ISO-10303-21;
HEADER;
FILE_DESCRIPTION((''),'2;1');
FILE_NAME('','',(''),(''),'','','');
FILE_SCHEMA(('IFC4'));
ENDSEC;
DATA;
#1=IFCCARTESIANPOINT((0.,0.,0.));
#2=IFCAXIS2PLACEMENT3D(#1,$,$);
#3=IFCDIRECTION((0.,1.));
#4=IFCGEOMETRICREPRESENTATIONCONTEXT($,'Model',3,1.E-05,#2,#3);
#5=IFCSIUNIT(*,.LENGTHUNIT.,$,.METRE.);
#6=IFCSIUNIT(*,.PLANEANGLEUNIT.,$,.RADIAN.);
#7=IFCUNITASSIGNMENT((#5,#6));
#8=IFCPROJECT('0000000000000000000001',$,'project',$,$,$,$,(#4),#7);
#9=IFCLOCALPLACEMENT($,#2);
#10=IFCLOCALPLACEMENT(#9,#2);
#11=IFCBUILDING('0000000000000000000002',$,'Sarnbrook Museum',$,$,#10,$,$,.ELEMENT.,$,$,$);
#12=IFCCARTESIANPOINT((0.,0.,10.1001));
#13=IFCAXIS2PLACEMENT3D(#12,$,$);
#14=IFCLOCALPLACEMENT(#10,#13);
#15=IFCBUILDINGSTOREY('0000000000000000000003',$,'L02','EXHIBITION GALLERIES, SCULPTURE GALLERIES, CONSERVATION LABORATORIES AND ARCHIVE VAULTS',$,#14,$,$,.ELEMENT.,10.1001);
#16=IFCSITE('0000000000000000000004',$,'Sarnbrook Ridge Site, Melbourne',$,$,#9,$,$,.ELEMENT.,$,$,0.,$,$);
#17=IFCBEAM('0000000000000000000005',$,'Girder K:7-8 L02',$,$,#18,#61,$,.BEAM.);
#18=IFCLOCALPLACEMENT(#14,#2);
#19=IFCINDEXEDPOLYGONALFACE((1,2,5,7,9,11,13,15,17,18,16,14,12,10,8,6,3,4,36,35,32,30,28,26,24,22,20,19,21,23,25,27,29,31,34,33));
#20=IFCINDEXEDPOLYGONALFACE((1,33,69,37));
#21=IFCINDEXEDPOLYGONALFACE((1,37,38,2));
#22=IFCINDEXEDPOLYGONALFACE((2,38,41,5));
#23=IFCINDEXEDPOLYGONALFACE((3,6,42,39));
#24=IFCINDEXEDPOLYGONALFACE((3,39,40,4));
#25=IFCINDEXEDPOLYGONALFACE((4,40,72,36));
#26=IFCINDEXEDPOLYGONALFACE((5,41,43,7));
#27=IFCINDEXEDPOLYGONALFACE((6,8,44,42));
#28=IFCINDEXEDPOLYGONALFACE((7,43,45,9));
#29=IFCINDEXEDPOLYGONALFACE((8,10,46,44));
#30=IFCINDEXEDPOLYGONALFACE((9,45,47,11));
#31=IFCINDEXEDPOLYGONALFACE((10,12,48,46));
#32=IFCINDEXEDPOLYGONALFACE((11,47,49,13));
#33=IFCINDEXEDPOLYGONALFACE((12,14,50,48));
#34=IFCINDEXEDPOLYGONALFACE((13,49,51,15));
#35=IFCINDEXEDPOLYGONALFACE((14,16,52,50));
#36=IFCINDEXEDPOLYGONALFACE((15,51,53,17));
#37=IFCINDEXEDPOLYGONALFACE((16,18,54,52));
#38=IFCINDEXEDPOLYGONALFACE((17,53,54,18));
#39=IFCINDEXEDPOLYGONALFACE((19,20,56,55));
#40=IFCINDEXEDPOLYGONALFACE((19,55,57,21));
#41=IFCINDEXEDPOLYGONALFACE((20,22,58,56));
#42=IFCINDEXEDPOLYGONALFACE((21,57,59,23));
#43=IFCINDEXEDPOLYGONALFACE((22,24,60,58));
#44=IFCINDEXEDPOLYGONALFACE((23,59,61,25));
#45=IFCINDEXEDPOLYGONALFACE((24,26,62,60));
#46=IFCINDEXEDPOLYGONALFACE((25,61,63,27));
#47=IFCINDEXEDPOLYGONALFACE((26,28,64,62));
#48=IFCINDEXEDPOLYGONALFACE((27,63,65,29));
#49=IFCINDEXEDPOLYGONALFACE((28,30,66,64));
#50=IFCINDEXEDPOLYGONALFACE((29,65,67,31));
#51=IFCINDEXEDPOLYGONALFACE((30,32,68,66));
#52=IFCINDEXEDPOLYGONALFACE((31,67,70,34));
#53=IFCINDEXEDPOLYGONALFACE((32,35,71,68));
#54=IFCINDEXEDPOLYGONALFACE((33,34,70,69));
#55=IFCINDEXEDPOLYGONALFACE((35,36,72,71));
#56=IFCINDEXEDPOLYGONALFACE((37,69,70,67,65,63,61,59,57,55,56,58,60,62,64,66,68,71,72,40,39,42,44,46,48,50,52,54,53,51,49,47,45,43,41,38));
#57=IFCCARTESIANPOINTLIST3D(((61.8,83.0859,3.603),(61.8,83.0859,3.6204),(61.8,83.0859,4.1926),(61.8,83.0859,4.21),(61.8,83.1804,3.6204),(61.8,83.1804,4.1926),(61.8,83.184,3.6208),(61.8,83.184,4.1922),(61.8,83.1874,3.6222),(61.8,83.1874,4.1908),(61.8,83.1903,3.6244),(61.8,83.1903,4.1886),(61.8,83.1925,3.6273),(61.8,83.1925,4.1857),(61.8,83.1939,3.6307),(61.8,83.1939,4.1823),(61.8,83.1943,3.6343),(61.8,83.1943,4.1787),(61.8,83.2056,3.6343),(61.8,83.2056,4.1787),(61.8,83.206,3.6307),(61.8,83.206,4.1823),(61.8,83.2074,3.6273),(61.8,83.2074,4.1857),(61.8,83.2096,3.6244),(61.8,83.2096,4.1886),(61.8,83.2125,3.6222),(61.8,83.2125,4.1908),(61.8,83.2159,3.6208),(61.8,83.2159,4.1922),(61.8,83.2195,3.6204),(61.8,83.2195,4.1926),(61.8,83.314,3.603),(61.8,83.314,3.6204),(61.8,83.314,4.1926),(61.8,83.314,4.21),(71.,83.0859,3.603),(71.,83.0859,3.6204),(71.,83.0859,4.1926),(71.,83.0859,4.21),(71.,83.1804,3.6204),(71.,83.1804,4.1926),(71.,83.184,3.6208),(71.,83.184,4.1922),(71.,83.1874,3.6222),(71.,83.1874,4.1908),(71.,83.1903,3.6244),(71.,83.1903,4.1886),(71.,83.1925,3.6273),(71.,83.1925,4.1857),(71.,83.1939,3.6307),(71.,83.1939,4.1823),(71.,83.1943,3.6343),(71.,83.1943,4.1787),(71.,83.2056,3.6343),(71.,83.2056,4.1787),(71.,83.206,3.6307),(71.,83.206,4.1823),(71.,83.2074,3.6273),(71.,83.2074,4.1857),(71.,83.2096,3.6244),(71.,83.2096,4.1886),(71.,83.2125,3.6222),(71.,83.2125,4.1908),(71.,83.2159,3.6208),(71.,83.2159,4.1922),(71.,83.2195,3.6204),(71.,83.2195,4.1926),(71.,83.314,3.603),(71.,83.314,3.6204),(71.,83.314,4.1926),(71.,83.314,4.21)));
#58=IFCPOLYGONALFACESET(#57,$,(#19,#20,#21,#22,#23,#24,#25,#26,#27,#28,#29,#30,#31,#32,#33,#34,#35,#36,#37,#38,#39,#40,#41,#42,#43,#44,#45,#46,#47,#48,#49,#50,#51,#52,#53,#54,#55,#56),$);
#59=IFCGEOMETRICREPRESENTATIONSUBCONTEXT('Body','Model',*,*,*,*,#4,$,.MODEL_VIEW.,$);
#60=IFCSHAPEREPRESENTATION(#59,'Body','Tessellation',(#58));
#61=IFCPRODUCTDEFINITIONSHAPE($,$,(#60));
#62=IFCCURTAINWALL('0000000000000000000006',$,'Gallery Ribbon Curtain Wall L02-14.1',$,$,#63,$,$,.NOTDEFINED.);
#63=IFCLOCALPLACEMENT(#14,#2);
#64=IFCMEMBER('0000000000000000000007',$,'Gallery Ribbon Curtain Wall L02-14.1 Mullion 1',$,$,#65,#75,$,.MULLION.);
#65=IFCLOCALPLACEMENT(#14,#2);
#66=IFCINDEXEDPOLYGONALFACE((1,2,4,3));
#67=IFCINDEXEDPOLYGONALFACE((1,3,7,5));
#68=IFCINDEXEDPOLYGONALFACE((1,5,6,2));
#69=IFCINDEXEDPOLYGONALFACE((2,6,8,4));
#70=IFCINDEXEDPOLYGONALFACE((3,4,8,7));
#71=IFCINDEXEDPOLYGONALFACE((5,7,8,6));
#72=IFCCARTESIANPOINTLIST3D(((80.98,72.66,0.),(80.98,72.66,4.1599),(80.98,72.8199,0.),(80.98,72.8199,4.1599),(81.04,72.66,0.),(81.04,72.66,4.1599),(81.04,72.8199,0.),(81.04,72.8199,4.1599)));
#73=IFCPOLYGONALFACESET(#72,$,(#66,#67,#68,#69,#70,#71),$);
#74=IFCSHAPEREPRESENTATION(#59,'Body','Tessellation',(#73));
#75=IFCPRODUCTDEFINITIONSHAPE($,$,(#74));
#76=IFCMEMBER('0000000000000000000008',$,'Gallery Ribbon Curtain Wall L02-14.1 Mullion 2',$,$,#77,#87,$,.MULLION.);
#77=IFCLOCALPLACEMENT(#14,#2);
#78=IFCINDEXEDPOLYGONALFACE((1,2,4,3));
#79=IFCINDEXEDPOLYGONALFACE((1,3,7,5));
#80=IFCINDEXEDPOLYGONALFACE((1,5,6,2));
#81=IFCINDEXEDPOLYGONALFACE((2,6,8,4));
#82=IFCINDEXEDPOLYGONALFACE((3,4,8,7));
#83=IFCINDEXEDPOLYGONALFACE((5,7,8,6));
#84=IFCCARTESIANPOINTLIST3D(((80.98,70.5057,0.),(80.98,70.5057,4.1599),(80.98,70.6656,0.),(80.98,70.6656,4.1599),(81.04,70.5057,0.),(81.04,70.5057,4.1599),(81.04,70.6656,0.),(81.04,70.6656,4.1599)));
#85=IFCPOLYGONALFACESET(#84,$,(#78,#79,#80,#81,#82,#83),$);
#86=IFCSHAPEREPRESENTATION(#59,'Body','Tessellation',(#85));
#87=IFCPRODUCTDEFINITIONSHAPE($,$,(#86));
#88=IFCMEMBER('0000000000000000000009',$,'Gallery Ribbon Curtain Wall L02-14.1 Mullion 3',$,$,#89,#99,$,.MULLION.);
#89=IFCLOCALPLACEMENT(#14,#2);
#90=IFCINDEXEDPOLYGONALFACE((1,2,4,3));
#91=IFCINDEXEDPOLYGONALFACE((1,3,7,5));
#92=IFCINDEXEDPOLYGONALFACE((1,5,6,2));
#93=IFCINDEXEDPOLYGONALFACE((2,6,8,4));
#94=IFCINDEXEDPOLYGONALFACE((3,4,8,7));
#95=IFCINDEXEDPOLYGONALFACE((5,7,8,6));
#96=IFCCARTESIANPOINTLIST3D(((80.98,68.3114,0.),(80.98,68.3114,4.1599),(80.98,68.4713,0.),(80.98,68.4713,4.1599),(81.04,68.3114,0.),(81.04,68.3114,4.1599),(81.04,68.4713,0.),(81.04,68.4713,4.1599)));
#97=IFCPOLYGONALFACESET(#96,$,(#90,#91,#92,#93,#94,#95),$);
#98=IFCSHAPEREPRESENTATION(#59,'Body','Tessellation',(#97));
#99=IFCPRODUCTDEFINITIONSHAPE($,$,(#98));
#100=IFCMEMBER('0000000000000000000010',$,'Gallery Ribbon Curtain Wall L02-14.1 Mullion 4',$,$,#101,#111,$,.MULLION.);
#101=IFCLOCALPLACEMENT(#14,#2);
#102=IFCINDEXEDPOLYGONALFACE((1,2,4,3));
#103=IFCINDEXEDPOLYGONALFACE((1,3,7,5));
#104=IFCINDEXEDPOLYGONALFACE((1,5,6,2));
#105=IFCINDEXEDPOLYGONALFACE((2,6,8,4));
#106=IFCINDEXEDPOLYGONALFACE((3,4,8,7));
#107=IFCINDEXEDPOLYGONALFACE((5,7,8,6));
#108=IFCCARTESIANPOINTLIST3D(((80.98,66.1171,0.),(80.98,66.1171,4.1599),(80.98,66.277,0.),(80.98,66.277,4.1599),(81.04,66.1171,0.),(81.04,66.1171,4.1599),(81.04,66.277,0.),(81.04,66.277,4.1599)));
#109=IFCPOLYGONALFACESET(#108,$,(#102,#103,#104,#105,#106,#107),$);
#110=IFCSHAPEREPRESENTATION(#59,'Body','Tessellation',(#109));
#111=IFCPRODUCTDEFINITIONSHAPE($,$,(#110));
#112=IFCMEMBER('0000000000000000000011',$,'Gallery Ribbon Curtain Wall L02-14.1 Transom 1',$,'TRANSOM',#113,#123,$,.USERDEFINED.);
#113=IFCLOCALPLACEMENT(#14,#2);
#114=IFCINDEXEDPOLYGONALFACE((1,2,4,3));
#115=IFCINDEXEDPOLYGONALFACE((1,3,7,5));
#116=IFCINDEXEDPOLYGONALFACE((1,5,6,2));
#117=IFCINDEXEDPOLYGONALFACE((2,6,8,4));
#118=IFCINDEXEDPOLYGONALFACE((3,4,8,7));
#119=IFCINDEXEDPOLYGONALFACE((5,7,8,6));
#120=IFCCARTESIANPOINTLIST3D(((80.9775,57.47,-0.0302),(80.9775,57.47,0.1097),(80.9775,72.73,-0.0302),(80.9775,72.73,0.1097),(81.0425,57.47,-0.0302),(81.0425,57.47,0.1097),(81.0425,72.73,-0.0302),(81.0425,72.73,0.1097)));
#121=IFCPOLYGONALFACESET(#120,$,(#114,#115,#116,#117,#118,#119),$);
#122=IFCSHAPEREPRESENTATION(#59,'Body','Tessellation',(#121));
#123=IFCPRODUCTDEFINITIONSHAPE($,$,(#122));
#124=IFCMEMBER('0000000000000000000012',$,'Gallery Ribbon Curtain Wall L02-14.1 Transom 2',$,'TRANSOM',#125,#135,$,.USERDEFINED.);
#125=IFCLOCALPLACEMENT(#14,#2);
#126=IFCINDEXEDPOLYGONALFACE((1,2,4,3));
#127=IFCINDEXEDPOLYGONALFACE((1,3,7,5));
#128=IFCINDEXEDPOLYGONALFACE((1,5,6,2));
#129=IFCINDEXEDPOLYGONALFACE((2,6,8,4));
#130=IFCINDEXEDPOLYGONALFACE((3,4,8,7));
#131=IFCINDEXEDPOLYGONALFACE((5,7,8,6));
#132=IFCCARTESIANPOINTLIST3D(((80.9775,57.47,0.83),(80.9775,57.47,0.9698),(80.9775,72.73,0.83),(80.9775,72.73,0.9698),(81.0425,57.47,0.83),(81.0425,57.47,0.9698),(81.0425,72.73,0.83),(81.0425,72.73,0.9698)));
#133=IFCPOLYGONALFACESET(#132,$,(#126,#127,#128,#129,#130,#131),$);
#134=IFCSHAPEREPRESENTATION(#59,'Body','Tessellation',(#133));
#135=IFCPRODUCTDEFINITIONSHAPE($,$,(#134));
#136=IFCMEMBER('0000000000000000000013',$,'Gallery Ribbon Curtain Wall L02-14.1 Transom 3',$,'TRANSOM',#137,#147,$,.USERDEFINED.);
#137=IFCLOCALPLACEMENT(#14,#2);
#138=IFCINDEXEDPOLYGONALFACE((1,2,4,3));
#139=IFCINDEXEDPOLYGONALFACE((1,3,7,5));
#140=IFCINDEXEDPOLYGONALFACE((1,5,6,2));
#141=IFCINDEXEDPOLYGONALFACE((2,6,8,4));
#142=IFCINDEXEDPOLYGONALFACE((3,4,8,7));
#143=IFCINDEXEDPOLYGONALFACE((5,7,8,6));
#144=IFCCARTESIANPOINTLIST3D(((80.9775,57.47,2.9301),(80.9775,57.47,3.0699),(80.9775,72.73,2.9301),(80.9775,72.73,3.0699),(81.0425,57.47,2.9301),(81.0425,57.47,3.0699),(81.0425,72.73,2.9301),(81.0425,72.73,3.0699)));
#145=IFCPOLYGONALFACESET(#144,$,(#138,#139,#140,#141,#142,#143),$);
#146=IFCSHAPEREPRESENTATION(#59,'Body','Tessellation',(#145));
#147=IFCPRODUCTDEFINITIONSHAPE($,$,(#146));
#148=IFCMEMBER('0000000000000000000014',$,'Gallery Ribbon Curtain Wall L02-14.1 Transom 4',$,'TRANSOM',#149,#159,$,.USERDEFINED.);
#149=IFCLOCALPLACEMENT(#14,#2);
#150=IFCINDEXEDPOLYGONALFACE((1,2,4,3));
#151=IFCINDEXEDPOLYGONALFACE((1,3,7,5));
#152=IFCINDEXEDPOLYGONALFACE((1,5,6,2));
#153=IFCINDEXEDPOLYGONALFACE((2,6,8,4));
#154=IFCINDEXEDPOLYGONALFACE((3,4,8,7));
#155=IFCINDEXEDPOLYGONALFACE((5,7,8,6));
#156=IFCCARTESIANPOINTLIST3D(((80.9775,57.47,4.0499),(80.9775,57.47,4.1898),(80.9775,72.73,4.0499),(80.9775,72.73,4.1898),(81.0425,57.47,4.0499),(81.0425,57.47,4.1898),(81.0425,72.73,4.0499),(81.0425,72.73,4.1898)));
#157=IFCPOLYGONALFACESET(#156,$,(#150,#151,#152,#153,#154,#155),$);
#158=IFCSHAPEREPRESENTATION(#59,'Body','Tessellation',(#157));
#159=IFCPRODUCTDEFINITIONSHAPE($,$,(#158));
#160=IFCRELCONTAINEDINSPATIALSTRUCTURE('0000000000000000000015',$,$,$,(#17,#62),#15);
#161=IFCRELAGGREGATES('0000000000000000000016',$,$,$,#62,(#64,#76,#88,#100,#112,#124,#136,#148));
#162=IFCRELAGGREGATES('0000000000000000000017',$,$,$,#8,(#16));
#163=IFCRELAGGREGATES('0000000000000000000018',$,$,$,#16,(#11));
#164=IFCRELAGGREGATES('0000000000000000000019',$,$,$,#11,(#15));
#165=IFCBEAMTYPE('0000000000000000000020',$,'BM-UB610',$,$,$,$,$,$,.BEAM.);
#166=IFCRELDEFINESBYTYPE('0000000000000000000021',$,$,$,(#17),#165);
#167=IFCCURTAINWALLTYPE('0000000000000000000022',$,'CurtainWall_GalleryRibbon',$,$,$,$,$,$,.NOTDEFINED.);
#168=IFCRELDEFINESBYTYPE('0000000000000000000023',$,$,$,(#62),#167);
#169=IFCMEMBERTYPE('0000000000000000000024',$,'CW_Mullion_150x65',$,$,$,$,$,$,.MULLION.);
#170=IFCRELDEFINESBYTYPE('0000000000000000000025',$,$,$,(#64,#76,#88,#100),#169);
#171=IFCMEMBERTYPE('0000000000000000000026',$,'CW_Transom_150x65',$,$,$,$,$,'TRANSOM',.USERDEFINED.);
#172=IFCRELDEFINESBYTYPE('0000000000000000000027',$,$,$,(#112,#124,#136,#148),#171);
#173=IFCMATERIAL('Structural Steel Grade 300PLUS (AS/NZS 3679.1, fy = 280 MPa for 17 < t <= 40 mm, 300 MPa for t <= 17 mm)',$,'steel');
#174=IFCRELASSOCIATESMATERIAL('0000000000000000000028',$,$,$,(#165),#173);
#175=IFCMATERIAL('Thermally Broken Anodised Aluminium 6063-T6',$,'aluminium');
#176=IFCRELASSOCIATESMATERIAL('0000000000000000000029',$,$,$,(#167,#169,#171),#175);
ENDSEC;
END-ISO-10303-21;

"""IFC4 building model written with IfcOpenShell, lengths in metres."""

from ifc_helpers import new_model, si_unit, direction, frame, origin, origin_2d, place, context, subcontext, project, spatial, rectangle, i_section, extrude, material, material_profile, profile_set, type_object, element, aggregate, save


model = new_model("IFC4")

# Units and contexts
model_context = context("Model", 3, precision=1e-05, world=origin(), true_north=direction((0.0, 1.0)))
body_context = subcontext(model_context, "Body", "Model", "MODEL_VIEW")
ifc_project = project(units=[si_unit("LENGTHUNIT", "METRE"), si_unit("PLANEANGLEUNIT", "RADIAN")], contexts=[model_context])

# Site, building, storey
site_placement = place(None, origin())
site = spatial("IfcSite", under=ifc_project, at=site_placement, Name="Sarnbrook Ridge Site, Melbourne", CompositionType="ELEMENT", RefElevation=0.0)
building_placement = place(site_placement, origin())
building = spatial("IfcBuilding", under=site, at=building_placement, Name="Sarnbrook Museum", CompositionType="ELEMENT")
storey_placement = place(building_placement, frame((0.0, 0.0, 10.1001)))
storey = spatial("IfcBuildingStorey", under=building, at=storey_placement, Name="L02", Description="EXHIBITION GALLERIES, SCULPTURE GALLERIES, CONSERVATION LABORATORIES AND ARCHIVE VAULTS", CompositionType="ELEMENT", Elevation=10.1001)

# Beam
ifc_material_1 = material(Name="Structural Steel Grade 300PLUS (AS/NZS 3679.1, fy = 280 MPa for 17 < t <= 40 mm, 300 MPa for t <= 17 mm)", Category="steel")
ifc_material_profile_1 = material_profile(ifc_material_1, i_section(OverallWidth=0.228, OverallDepth=0.6069, WebThickness=0.0112, FlangeThickness=0.0173, FilletRadius=0.0139, at=origin_2d()), Name="610UB113")
ifc_profile_set_1 = profile_set([ifc_material_profile_1], Name="Structural Steel Grade 300PLUS (AS/NZS 3679.1, fy = 280 MPa for 17 < t <= 40 mm, 300 MPa for t <= 17 mm)")
beam_type_1 = type_object("IfcBeamType", Name="BM-UB610", PredefinedType="BEAM", material=ifc_profile_set_1)
for number, where, z_axis, x_axis, name in (
    (1, (61.8, 83.2, 3.9065), (1.0, 0.0, 0.0), (0.0, 1.0, 0.0), "Girder K:7-8 L02"),
):
    element("IfcBeam", number, at=place(storey_placement, frame(where, z_axis=z_axis, x_axis=x_axis)), inside=storey, type_object=beam_type_1, Name=name, PredefinedType="BEAM", context=body_context, shape_type="SweptSolid", body=[
        extrude(i_section(OverallWidth=0.228, OverallDepth=0.6069, WebThickness=0.0112, FlangeThickness=0.0173, FilletRadius=0.0139, at=origin_2d()), origin(), (0.0, 0.0, 1.0), 9.2),
    ])

# Curtain wall, members
ifc_material_2 = material(Name="Thermally Broken Anodised Aluminium 6063-T6", Category="aluminium")
curtain_wall_type = type_object("IfcCurtainWallType", Name="CurtainWall_GalleryRibbon", PredefinedType="NOTDEFINED", material=ifc_material_2)
curtain_wall_placement = place(storey_placement, origin())
curtain_wall = element("IfcCurtainWall", 2, at=curtain_wall_placement, inside=storey, type_object=curtain_wall_type, Name="Gallery Ribbon Curtain Wall L02-14.1", PredefinedType="NOTDEFINED")
ifc_material_profile_2 = material_profile(ifc_material_2, rectangle(XDim=0.0601, YDim=0.1599, at=origin_2d()), Name="ALU MULLION 60x160")
ifc_profile_set_2 = profile_set([ifc_material_profile_2], Name="Thermally Broken Anodised Aluminium 6063-T6")
member_type_1 = type_object("IfcMemberType", Name="CW_Mullion_150x65", PredefinedType="MULLION", material=ifc_profile_set_2)
member_1_placement = place(storey_placement, frame((81.01, 72.74, 0.0), z_axis=(0.0, 0.0, 1.0), x_axis=(1.0, 0.0, 0.0)))
member_1 = element("IfcMember", 3, at=member_1_placement, type_object=member_type_1, Name="Gallery Ribbon Curtain Wall L02-14.1 Mullion 1", PredefinedType="MULLION", context=body_context, shape_type="SweptSolid", body=[
    extrude(rectangle(XDim=0.0601, YDim=0.1599, at=origin_2d()), origin(), (0.0, 0.0, 1.0), 4.1599),
])
member_2_placement = place(storey_placement, frame((81.01, 70.5857, 0.0), z_axis=(0.0, 0.0, 1.0), x_axis=(1.0, 0.0, 0.0)))
member_2 = element("IfcMember", 4, at=member_2_placement, type_object=member_type_1, Name="Gallery Ribbon Curtain Wall L02-14.1 Mullion 2", PredefinedType="MULLION", context=body_context, shape_type="SweptSolid", body=[
    extrude(rectangle(XDim=0.0601, YDim=0.1599, at=origin_2d()), origin(), (0.0, 0.0, 1.0), 4.1599),
])
member_3_placement = place(storey_placement, frame((81.01, 68.3914, 0.0), z_axis=(0.0, 0.0, 1.0), x_axis=(1.0, 0.0, 0.0)))
member_3 = element("IfcMember", 5, at=member_3_placement, type_object=member_type_1, Name="Gallery Ribbon Curtain Wall L02-14.1 Mullion 3", PredefinedType="MULLION", context=body_context, shape_type="SweptSolid", body=[
    extrude(rectangle(XDim=0.0601, YDim=0.1599, at=origin_2d()), origin(), (0.0, 0.0, 1.0), 4.1599),
])
member_4_placement = place(storey_placement, frame((81.01, 66.197, 0.0), z_axis=(0.0, 0.0, 1.0), x_axis=(1.0, 0.0, 0.0)))
member_4 = element("IfcMember", 6, at=member_4_placement, type_object=member_type_1, Name="Gallery Ribbon Curtain Wall L02-14.1 Mullion 4", PredefinedType="MULLION", context=body_context, shape_type="SweptSolid", body=[
    extrude(rectangle(XDim=0.0601, YDim=0.1599, at=origin_2d()), origin(), (0.0, 0.0, 1.0), 4.1599),
])
ifc_material_profile_3 = material_profile(ifc_material_2, rectangle(XDim=0.0649, YDim=0.1399, at=origin_2d()), Name="ALU TRANSOM 65x140")
ifc_profile_set_3 = profile_set([ifc_material_profile_3], Name="Thermally Broken Anodised Aluminium 6063-T6")
member_type_2 = type_object("IfcMemberType", Name="CW_Transom_150x65", ElementType="TRANSOM", PredefinedType="USERDEFINED", material=ifc_profile_set_3)
member_5_placement = place(storey_placement, frame((81.01, 72.73, 0.0398), z_axis=(0.0, -1.0, 0.0), x_axis=(1.0, 0.0, 0.0)))
member_5 = element("IfcMember", 7, at=member_5_placement, type_object=member_type_2, Name="Gallery Ribbon Curtain Wall L02-14.1 Transom 1", ObjectType="TRANSOM", PredefinedType="USERDEFINED", context=body_context, shape_type="SweptSolid", body=[
    extrude(rectangle(XDim=0.0649, YDim=0.1399, at=origin_2d()), origin(), (0.0, 0.0, 1.0), 15.26),
])
member_6_placement = place(storey_placement, frame((81.01, 72.73, 0.8999), z_axis=(0.0, -1.0, 0.0), x_axis=(1.0, 0.0, 0.0)))
member_6 = element("IfcMember", 8, at=member_6_placement, type_object=member_type_2, Name="Gallery Ribbon Curtain Wall L02-14.1 Transom 2", ObjectType="TRANSOM", PredefinedType="USERDEFINED", context=body_context, shape_type="SweptSolid", body=[
    extrude(rectangle(XDim=0.0649, YDim=0.1399, at=origin_2d()), origin(), (0.0, 0.0, 1.0), 15.26),
])
member_7_placement = place(storey_placement, frame((81.01, 72.73, 3.0), z_axis=(0.0, -1.0, 0.0), x_axis=(1.0, 0.0, 0.0)))
member_7 = element("IfcMember", 9, at=member_7_placement, type_object=member_type_2, Name="Gallery Ribbon Curtain Wall L02-14.1 Transom 3", ObjectType="TRANSOM", PredefinedType="USERDEFINED", context=body_context, shape_type="SweptSolid", body=[
    extrude(rectangle(XDim=0.0649, YDim=0.1399, at=origin_2d()), origin(), (0.0, 0.0, 1.0), 15.26),
])
member_8_placement = place(storey_placement, frame((81.01, 72.73, 4.1199), z_axis=(0.0, -1.0, 0.0), x_axis=(1.0, 0.0, 0.0)))
member_8 = element("IfcMember", 10, at=member_8_placement, type_object=member_type_2, Name="Gallery Ribbon Curtain Wall L02-14.1 Transom 4", ObjectType="TRANSOM", PredefinedType="USERDEFINED", context=body_context, shape_type="SweptSolid", body=[
    extrude(rectangle(XDim=0.0649, YDim=0.1399, at=origin_2d()), origin(), (0.0, 0.0, 1.0), 15.26),
])
aggregate(curtain_wall, [member_1, member_2, member_3, member_4, member_5, member_6, member_7, member_8])

save(model, "model.ifc")
